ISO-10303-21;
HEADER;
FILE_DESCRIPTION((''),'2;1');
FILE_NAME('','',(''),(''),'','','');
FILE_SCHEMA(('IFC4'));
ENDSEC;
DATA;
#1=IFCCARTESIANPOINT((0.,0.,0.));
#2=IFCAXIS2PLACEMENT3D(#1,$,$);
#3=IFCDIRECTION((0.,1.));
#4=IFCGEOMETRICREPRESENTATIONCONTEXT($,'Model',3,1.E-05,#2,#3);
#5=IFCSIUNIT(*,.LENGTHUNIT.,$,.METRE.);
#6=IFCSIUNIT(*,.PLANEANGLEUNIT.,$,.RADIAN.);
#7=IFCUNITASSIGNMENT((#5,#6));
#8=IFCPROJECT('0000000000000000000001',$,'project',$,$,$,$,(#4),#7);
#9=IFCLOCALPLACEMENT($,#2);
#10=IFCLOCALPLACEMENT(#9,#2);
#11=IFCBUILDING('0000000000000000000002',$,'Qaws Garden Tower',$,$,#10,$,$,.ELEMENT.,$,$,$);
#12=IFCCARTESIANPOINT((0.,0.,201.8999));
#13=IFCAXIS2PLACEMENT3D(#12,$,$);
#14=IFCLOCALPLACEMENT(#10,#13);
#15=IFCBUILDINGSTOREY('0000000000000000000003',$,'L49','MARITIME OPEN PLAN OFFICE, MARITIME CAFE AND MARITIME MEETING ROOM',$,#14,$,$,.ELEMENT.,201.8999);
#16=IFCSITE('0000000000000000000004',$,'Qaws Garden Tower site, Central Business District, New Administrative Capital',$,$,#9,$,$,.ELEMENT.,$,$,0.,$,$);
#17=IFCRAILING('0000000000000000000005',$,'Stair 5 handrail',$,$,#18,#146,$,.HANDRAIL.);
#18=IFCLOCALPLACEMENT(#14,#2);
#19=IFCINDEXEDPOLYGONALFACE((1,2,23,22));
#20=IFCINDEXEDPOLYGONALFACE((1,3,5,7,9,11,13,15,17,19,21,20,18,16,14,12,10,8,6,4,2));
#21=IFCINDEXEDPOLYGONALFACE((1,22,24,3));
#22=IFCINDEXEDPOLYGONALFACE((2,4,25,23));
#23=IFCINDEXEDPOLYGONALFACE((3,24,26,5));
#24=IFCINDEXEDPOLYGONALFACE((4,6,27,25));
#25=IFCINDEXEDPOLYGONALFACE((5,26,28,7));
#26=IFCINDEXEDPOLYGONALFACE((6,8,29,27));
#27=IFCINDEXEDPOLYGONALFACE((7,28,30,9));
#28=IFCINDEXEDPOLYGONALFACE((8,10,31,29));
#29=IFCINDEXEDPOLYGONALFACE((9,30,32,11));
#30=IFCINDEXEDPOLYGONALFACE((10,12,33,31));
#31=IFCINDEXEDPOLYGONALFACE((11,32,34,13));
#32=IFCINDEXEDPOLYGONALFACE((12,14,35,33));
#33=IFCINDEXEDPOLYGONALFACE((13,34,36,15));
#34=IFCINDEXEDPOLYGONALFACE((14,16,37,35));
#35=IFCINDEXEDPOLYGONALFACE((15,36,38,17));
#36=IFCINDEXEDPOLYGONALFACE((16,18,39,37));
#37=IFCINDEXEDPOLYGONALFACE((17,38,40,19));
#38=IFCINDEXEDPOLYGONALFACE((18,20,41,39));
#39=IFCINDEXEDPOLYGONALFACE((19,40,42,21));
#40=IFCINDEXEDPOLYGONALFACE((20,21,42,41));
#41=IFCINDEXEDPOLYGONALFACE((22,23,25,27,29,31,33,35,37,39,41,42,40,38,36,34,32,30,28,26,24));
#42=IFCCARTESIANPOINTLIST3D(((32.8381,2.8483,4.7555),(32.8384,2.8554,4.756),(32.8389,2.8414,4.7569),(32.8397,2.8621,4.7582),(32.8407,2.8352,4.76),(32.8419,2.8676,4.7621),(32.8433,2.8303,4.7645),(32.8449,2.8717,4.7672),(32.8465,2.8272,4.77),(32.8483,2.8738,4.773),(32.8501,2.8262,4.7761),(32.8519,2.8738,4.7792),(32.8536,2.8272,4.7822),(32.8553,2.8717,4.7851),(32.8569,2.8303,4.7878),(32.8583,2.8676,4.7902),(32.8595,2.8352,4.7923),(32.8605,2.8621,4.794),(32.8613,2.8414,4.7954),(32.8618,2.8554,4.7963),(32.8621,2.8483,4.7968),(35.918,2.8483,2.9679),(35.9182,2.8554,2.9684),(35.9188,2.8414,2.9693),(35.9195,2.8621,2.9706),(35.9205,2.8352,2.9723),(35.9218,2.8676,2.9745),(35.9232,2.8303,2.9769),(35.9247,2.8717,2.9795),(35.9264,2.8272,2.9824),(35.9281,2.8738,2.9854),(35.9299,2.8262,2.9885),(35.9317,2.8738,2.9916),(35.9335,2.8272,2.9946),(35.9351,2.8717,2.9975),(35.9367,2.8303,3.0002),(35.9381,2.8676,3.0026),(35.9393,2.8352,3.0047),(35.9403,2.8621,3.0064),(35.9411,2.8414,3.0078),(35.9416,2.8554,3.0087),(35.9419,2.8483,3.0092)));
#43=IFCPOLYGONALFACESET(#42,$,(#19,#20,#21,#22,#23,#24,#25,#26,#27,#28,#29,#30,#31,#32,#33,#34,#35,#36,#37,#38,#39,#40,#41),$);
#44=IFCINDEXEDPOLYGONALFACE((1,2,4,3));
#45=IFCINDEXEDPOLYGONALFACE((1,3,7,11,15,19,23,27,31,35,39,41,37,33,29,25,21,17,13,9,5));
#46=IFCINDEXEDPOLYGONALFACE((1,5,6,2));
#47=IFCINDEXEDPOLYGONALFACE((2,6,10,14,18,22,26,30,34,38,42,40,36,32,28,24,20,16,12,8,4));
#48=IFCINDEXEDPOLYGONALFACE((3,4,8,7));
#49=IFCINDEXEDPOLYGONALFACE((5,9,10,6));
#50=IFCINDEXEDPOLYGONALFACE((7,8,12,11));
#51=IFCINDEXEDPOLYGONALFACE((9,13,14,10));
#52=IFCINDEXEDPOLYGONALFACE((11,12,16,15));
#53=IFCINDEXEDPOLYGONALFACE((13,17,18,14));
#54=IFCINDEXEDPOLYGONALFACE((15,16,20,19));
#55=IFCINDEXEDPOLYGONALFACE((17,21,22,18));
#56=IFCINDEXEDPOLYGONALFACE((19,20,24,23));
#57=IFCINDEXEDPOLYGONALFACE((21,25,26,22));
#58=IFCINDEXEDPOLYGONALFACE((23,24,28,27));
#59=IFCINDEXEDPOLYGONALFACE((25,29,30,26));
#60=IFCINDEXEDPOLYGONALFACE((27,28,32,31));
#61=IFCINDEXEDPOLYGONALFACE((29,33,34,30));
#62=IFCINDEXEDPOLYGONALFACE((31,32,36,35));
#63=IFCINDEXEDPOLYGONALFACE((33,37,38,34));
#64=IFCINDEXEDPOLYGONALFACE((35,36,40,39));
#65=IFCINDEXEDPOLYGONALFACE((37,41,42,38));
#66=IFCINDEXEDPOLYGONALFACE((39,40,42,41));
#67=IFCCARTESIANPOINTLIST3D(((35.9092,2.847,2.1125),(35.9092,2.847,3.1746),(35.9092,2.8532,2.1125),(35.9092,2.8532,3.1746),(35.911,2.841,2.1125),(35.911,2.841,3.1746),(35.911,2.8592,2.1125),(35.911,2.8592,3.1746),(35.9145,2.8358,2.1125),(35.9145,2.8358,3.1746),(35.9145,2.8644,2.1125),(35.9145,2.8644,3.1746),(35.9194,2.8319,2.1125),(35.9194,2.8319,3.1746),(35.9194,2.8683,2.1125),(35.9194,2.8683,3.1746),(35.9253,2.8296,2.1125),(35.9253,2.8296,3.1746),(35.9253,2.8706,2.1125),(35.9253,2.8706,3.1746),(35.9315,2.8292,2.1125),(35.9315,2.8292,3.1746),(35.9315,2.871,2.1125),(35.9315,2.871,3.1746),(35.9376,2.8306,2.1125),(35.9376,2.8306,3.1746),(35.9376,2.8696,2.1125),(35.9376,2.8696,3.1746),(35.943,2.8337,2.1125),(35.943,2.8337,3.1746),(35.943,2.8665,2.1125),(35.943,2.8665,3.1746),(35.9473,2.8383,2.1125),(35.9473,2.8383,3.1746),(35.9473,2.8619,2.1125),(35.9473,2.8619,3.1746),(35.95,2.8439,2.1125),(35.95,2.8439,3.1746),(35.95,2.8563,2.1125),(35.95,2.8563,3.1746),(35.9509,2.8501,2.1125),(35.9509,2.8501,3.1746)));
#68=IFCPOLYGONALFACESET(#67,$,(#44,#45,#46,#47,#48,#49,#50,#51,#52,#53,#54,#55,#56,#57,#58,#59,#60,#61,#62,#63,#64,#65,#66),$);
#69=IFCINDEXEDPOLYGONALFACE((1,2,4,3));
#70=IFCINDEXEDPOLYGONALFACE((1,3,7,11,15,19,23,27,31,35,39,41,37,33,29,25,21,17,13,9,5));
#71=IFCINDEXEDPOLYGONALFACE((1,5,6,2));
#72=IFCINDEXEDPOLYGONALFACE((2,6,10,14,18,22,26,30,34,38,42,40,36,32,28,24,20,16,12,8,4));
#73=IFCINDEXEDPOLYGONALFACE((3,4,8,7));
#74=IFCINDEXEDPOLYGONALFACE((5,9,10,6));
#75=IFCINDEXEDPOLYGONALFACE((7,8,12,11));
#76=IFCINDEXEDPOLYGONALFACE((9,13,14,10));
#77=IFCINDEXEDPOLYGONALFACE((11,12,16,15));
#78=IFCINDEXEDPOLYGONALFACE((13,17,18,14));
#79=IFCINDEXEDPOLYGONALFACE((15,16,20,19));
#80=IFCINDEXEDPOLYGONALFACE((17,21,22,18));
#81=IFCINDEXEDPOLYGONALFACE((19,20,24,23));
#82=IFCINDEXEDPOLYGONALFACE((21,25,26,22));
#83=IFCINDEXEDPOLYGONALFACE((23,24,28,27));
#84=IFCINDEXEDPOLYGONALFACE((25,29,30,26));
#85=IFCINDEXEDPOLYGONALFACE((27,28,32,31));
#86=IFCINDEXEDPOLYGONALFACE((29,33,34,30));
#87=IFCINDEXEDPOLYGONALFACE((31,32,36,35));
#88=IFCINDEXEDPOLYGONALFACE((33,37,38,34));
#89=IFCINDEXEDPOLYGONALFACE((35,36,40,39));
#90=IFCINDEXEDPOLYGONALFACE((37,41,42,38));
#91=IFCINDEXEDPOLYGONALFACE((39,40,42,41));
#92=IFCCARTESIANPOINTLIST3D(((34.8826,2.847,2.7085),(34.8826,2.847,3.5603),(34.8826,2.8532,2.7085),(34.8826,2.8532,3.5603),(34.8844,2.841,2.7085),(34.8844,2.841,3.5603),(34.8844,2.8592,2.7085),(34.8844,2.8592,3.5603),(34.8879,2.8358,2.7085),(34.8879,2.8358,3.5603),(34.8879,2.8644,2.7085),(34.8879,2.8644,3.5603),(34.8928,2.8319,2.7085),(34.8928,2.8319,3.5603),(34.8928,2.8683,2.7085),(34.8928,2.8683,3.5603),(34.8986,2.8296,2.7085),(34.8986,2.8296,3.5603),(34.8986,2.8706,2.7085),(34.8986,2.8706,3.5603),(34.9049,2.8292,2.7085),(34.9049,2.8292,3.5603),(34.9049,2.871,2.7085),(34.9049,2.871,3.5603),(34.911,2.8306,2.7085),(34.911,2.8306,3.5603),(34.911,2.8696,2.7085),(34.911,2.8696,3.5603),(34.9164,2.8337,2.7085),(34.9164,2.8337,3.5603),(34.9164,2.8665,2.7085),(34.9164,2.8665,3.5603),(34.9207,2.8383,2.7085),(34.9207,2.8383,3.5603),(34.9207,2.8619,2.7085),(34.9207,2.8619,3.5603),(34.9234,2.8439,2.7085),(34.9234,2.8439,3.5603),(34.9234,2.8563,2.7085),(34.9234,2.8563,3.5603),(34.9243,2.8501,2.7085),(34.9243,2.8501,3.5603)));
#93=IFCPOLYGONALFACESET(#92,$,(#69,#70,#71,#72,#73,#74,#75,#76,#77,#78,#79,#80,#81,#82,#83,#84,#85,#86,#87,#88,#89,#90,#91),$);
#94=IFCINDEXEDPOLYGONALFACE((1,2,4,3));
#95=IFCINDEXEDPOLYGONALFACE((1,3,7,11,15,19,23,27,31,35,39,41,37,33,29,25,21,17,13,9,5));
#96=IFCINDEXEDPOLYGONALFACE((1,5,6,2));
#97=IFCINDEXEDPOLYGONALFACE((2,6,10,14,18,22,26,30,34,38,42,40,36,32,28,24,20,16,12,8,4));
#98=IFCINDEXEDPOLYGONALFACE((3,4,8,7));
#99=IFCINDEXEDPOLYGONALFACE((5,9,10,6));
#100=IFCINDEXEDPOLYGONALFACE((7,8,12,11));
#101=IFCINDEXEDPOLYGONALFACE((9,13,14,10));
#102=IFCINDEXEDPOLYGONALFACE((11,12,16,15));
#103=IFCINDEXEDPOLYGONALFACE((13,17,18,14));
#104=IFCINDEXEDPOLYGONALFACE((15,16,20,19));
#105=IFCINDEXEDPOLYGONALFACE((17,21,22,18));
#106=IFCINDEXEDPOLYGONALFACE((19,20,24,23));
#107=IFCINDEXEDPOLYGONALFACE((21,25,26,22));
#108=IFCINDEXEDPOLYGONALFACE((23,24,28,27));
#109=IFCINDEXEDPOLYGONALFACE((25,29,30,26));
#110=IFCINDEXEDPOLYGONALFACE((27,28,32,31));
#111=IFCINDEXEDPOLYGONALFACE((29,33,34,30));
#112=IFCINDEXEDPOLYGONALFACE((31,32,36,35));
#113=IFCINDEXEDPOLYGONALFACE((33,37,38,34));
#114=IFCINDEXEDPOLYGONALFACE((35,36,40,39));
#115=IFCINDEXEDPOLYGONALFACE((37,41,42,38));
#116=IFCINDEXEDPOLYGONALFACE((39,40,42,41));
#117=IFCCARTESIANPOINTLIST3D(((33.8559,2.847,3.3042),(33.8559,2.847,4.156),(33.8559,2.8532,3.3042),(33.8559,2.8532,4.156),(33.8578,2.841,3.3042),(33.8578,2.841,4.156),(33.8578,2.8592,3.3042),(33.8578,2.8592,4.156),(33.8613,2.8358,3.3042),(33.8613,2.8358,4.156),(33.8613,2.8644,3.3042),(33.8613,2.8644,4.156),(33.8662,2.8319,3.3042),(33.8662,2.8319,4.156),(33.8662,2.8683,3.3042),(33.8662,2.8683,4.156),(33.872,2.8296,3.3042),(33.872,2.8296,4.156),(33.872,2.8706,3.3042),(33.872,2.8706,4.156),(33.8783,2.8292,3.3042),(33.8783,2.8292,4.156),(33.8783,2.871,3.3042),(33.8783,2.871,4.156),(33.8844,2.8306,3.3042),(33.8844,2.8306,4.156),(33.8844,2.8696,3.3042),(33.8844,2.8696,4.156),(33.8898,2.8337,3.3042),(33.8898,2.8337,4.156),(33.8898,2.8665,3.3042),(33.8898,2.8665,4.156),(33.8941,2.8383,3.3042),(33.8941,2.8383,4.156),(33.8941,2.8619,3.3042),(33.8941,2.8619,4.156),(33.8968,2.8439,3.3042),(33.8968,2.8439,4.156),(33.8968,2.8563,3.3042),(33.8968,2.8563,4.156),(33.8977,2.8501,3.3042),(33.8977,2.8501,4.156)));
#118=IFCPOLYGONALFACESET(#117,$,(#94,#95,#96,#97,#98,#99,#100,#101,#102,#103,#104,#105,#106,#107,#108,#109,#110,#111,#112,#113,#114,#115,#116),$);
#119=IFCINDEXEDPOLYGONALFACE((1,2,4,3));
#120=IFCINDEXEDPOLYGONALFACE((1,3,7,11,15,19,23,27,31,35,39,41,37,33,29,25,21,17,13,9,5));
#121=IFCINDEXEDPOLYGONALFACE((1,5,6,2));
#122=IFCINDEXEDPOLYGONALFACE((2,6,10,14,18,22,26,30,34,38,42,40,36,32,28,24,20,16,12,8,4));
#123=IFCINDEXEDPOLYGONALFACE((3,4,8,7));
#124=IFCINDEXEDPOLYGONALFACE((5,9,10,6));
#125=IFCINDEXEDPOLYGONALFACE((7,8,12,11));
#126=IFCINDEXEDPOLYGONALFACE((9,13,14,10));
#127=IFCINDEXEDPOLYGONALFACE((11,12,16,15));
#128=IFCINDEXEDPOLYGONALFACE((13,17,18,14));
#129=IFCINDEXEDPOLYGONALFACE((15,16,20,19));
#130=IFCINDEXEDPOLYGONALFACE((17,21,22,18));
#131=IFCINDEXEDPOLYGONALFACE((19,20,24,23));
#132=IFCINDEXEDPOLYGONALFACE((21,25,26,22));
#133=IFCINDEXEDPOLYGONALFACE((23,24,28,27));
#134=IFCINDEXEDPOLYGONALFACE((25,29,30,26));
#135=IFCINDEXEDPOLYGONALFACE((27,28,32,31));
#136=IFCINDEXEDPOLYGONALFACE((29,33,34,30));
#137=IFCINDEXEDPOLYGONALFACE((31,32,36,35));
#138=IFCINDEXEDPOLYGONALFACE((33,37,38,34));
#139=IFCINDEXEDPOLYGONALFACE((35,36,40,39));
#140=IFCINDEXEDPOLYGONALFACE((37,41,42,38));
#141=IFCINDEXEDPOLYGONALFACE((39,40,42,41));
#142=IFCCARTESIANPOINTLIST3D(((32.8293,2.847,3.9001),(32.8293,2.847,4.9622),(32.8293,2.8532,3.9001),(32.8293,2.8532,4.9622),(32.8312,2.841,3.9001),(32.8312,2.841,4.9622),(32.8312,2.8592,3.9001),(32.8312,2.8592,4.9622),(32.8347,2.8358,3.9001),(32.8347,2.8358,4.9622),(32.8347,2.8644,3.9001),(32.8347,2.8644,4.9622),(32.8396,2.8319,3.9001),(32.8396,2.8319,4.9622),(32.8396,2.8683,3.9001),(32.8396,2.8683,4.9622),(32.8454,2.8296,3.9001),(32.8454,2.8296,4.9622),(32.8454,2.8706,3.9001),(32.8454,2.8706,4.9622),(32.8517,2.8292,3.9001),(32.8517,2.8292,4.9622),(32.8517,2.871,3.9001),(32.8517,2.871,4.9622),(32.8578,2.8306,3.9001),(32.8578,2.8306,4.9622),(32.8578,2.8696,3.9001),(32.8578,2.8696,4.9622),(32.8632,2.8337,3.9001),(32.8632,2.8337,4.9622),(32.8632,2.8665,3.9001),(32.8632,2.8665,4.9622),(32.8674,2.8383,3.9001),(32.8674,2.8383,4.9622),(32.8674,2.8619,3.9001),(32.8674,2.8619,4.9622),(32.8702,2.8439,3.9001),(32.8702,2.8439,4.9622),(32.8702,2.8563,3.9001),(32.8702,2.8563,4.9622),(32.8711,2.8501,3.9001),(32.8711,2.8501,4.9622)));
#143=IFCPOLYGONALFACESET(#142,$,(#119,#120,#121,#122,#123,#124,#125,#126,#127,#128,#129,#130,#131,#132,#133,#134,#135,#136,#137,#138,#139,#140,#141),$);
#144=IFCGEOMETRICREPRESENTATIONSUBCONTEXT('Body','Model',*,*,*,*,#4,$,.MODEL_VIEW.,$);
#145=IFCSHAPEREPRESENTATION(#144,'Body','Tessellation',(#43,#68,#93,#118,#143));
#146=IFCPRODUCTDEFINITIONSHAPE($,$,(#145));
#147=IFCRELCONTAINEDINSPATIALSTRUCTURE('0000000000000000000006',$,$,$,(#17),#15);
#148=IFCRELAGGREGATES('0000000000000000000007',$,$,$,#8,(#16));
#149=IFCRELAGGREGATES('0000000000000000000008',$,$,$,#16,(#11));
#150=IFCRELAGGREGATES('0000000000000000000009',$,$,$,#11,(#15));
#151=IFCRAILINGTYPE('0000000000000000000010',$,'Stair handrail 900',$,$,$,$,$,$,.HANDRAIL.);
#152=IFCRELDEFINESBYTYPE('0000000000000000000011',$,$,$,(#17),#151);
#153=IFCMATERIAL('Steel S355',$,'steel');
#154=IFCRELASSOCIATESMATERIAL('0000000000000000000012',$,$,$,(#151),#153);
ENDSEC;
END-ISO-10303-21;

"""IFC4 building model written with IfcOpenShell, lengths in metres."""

from ifc_helpers import new_model, si_unit, direction, frame, origin, origin_2d, place, context, subcontext, project, spatial, circle, extrude, material, type_object, element, save


model = new_model("IFC4")

# Units and contexts
model_context = context("Model", 3, precision=1e-05, world=origin(), true_north=direction((0.0, 1.0)))
body_context = subcontext(model_context, "Body", "Model", "MODEL_VIEW")
ifc_project = project(units=[si_unit("LENGTHUNIT", "METRE"), si_unit("PLANEANGLEUNIT", "RADIAN")], contexts=[model_context])

# Site, building, storey
site_placement = place(None, origin())
site = spatial("IfcSite", under=ifc_project, at=site_placement, Name="Qaws Garden Tower site, Central Business District, New Administrative Capital", CompositionType="ELEMENT", RefElevation=0.0)
building_placement = place(site_placement, origin())
building = spatial("IfcBuilding", under=site, at=building_placement, Name="Qaws Garden Tower", CompositionType="ELEMENT")
storey_placement = place(building_placement, frame((0.0, 0.0, 201.8999)))
storey = spatial("IfcBuildingStorey", under=building, at=storey_placement, Name="L49", Description="MARITIME OPEN PLAN OFFICE, MARITIME CAFE AND MARITIME MEETING ROOM", CompositionType="ELEMENT", Elevation=201.8999)

# Railing
ifc_material_1 = material(Name="Steel S355", Category="steel")
railing_type = type_object("IfcRailingType", Name="Stair handrail 900", PredefinedType="HANDRAIL", material=ifc_material_1)
railing_placement = place(storey_placement, frame((35.9299, 2.8501, 2.1125)))
element("IfcRailing", 1, at=railing_placement, inside=storey, type_object=railing_type, Name="Stair 5 handrail", PredefinedType="HANDRAIL", context=body_context, shape_type="SweptSolid", body=[
    extrude(circle(Radius=0.0239, at=origin_2d()), frame((0.0, 0.0, 0.876), z_axis=(-0.864873, 0.0, 0.50199), x_axis=(0.0, -1.0, 0.0)), (0.0, 0.0, 1.0), 3.561),
    extrude(circle(Radius=0.021, at=origin_2d()), origin(), (0.0, 0.0, 1.0), 1.062),
    extrude(circle(Radius=0.021, at=origin_2d()), frame((-1.0266, 0.0, 0.5959)), (0.0, 0.0, 1.0), 0.8518),
    extrude(circle(Radius=0.021, at=origin_2d()), frame((-2.0532, 0.0, 1.1917)), (0.0, 0.0, 1.0), 0.8518),
    extrude(circle(Radius=0.021, at=origin_2d()), frame((-3.0798, 0.0, 1.7876)), (0.0, 0.0, 1.0), 1.062),
])

save(model, "model.ifc")
